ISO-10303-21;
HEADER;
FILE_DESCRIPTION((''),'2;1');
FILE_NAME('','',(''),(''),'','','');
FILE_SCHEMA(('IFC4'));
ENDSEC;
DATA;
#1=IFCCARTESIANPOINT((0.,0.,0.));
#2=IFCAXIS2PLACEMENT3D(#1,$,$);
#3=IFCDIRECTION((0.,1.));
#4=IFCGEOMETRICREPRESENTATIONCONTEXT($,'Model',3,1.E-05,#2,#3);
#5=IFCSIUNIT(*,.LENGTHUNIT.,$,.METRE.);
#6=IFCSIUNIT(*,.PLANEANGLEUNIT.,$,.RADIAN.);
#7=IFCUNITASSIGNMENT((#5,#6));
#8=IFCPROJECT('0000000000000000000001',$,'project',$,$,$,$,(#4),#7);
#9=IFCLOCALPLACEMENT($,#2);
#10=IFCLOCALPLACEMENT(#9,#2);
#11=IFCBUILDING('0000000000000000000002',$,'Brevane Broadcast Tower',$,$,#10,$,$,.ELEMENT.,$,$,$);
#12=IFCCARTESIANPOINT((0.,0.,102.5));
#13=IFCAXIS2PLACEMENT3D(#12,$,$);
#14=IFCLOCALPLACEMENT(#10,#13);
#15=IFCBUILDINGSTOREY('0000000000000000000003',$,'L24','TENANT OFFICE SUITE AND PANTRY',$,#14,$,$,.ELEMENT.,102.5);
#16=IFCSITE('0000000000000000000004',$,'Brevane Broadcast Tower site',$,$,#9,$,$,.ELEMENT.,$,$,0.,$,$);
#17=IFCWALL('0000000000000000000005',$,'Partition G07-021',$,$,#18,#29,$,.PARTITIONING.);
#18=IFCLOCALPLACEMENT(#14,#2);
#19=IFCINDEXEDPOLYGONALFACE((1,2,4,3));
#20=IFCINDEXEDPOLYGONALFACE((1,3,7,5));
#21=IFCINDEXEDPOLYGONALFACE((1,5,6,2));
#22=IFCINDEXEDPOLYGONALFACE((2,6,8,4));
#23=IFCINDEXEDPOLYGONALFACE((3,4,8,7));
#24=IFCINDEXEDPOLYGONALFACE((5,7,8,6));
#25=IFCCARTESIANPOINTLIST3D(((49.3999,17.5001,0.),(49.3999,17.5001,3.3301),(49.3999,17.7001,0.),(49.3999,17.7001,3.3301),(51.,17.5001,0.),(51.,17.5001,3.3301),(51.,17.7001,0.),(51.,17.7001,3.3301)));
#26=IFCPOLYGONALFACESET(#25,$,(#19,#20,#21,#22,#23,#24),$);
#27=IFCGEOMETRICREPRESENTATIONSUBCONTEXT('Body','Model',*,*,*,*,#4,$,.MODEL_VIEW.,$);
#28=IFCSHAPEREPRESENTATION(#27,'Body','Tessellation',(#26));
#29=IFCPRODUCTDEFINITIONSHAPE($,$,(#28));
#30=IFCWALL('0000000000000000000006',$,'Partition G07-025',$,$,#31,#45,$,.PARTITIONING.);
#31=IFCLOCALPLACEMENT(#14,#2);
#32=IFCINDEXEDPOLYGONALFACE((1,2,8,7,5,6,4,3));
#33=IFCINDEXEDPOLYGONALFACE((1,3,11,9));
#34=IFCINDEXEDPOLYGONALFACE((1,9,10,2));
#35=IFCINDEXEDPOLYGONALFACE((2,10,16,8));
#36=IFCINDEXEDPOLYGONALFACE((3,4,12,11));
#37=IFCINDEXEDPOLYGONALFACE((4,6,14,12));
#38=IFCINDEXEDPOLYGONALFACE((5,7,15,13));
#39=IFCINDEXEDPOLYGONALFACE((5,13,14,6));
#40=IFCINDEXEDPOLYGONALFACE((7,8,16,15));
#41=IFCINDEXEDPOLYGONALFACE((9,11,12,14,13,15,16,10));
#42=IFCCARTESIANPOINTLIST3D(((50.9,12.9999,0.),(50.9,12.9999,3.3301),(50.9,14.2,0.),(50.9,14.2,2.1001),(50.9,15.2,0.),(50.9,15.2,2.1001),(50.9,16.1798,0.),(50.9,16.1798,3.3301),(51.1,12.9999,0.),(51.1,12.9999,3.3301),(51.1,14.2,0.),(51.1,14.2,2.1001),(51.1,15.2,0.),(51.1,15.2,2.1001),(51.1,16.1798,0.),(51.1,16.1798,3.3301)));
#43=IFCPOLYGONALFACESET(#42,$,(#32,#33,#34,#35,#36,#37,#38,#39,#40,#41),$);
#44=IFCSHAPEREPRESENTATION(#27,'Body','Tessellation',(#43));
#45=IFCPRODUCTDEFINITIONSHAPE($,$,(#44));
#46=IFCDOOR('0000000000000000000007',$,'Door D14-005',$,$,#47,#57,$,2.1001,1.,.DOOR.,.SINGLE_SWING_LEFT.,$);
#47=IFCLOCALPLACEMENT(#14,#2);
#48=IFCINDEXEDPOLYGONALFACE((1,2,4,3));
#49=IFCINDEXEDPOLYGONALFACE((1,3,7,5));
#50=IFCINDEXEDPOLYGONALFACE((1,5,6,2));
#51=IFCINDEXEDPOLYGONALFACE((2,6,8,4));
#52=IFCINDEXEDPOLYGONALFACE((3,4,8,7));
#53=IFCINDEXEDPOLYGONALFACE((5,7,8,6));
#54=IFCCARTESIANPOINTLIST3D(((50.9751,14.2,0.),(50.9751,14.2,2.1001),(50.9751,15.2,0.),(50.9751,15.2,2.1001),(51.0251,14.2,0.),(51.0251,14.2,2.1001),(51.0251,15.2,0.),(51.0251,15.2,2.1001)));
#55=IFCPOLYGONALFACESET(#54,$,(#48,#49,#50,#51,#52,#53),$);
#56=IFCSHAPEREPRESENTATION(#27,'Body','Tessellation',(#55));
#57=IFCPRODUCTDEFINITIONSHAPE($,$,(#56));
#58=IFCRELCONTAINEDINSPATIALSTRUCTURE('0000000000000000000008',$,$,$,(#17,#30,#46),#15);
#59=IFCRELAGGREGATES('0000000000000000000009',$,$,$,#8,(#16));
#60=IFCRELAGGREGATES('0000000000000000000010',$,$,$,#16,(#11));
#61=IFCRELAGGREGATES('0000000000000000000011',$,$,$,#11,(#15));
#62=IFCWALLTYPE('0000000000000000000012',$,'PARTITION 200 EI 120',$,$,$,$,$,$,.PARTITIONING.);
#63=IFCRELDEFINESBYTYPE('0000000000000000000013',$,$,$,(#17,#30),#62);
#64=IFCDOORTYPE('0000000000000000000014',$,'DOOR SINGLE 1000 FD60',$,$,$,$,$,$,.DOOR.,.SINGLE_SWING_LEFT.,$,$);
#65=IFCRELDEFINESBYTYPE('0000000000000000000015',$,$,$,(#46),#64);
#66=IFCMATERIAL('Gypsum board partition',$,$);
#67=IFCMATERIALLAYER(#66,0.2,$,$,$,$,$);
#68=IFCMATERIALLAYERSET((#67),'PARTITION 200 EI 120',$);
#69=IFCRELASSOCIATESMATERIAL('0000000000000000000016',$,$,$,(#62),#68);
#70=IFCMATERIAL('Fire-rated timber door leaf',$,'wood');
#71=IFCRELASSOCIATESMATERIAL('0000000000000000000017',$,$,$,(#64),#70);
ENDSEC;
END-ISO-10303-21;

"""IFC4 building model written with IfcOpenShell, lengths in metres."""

from ifc_helpers import new_model, si_unit, direction, frame, frame_2d, origin, place, context, subcontext, project, spatial, rectangle, extrude, material, layer, layer_set, type_object, element, fill, save


model = new_model("IFC4")

# Units and contexts
model_context = context("Model", 3, precision=1e-05, world=origin(), true_north=direction((0.0, 1.0)))
body_context = subcontext(model_context, "Body", "Model", "MODEL_VIEW")
ifc_project = project(units=[si_unit("LENGTHUNIT", "METRE"), si_unit("PLANEANGLEUNIT", "RADIAN")], contexts=[model_context])

# Site, building, storey
site_placement = place(None, origin())
site = spatial("IfcSite", under=ifc_project, at=site_placement, Name="Brevane Broadcast Tower site", CompositionType="ELEMENT", RefElevation=0.0)
building_placement = place(site_placement, origin())
building = spatial("IfcBuilding", under=site, at=building_placement, Name="Brevane Broadcast Tower", CompositionType="ELEMENT")
storey_placement = place(building_placement, frame((0.0, 0.0, 102.5)))
storey = spatial("IfcBuildingStorey", under=building, at=storey_placement, Name="L24", Description="TENANT OFFICE SUITE AND PANTRY", CompositionType="ELEMENT", Elevation=102.5)

# Shared definitions
ifc_material_1 = material(Name="Gypsum board partition")

# Shared definitions
ifc_material_2 = material(Name="Fire-rated timber door leaf", Category="wood")

# Wall
ifc_layer_1 = layer(ifc_material_1, 0.2)
ifc_layer_set_1 = layer_set([ifc_layer_1], Name="PARTITION 200 EI 120")
wall_type_1 = type_object("IfcWallType", Name="PARTITION 200 EI 120", PredefinedType="PARTITIONING", material=ifc_layer_set_1)
wall_1_placement = place(storey_placement, frame((51.0, 17.6001, 0.0), z_axis=(0.0, 0.0, 1.0), x_axis=(-1.0, 0.0, 0.0)))
element("IfcWall", 1, at=wall_1_placement, inside=storey, type_object=wall_type_1, Name="Partition G07-021", PredefinedType="PARTITIONING", context=body_context, shape_type="SweptSolid", body=[
    extrude(rectangle(XDim=1.6001, YDim=0.2, at=frame_2d((0.8, 0.0))), origin(), (0.0, 0.0, 1.0), 3.3301),
])

# Wall, opening, door
wall_2_placement = place(storey_placement, frame((51.0, 13.0, 0.0), z_axis=(0.0, 0.0, 1.0), x_axis=(0.0, 1.0, 0.0)))
wall_2 = element("IfcWall", 2, at=wall_2_placement, inside=storey, type_object=wall_type_1, Name="Partition G07-025", PredefinedType="PARTITIONING", context=body_context, shape_type="SweptSolid", body=[
    extrude(rectangle(XDim=3.1799, YDim=0.2, at=frame_2d((1.5898, 0.0))), origin(), (0.0, 0.0, 1.0), 3.3301),
])
opening_1_placement = place(wall_2_placement, frame((1.2, 0.0, 0.0)))
opening_1 = element("IfcOpeningElement", 3, at=opening_1_placement, cuts=wall_2, PredefinedType="OPENING", context=body_context, shape_type="SweptSolid", body=[
    extrude(rectangle(XDim=1.0, YDim=2.1001, at=frame_2d((0.5, 1.05))), frame((0.0, 0.1099, 0.0), z_axis=(0.0, -1.0, 0.0), x_axis=(1.0, 0.0, 0.0)), (0.0, 0.0, 1.0), 0.22),
])
door_type_1 = type_object("IfcDoorType", Name="DOOR SINGLE 1000 FD60", OperationType="SINGLE_SWING_LEFT", PredefinedType="DOOR", material=ifc_material_2)
door_1_placement = place(opening_1_placement, origin())
door_1 = element("IfcDoor", 4, at=door_1_placement, inside=storey, type_object=door_type_1, Name="Door D14-005", OperationType="SINGLE_SWING_LEFT", OverallHeight=2.1001, OverallWidth=1.0, PredefinedType="DOOR", context=body_context, shape_type="SweptSolid", body=[
    extrude(rectangle(XDim=1.0, YDim=2.1001, at=frame_2d((0.5, 1.05))), frame((0.0, 0.0249, 0.0), z_axis=(0.0, -1.0, 0.0), x_axis=(1.0, 0.0, 0.0)), (0.0, 0.0, 1.0), 0.05),
])
fill(opening_1, door_1)

save(model, "model.ifc")
